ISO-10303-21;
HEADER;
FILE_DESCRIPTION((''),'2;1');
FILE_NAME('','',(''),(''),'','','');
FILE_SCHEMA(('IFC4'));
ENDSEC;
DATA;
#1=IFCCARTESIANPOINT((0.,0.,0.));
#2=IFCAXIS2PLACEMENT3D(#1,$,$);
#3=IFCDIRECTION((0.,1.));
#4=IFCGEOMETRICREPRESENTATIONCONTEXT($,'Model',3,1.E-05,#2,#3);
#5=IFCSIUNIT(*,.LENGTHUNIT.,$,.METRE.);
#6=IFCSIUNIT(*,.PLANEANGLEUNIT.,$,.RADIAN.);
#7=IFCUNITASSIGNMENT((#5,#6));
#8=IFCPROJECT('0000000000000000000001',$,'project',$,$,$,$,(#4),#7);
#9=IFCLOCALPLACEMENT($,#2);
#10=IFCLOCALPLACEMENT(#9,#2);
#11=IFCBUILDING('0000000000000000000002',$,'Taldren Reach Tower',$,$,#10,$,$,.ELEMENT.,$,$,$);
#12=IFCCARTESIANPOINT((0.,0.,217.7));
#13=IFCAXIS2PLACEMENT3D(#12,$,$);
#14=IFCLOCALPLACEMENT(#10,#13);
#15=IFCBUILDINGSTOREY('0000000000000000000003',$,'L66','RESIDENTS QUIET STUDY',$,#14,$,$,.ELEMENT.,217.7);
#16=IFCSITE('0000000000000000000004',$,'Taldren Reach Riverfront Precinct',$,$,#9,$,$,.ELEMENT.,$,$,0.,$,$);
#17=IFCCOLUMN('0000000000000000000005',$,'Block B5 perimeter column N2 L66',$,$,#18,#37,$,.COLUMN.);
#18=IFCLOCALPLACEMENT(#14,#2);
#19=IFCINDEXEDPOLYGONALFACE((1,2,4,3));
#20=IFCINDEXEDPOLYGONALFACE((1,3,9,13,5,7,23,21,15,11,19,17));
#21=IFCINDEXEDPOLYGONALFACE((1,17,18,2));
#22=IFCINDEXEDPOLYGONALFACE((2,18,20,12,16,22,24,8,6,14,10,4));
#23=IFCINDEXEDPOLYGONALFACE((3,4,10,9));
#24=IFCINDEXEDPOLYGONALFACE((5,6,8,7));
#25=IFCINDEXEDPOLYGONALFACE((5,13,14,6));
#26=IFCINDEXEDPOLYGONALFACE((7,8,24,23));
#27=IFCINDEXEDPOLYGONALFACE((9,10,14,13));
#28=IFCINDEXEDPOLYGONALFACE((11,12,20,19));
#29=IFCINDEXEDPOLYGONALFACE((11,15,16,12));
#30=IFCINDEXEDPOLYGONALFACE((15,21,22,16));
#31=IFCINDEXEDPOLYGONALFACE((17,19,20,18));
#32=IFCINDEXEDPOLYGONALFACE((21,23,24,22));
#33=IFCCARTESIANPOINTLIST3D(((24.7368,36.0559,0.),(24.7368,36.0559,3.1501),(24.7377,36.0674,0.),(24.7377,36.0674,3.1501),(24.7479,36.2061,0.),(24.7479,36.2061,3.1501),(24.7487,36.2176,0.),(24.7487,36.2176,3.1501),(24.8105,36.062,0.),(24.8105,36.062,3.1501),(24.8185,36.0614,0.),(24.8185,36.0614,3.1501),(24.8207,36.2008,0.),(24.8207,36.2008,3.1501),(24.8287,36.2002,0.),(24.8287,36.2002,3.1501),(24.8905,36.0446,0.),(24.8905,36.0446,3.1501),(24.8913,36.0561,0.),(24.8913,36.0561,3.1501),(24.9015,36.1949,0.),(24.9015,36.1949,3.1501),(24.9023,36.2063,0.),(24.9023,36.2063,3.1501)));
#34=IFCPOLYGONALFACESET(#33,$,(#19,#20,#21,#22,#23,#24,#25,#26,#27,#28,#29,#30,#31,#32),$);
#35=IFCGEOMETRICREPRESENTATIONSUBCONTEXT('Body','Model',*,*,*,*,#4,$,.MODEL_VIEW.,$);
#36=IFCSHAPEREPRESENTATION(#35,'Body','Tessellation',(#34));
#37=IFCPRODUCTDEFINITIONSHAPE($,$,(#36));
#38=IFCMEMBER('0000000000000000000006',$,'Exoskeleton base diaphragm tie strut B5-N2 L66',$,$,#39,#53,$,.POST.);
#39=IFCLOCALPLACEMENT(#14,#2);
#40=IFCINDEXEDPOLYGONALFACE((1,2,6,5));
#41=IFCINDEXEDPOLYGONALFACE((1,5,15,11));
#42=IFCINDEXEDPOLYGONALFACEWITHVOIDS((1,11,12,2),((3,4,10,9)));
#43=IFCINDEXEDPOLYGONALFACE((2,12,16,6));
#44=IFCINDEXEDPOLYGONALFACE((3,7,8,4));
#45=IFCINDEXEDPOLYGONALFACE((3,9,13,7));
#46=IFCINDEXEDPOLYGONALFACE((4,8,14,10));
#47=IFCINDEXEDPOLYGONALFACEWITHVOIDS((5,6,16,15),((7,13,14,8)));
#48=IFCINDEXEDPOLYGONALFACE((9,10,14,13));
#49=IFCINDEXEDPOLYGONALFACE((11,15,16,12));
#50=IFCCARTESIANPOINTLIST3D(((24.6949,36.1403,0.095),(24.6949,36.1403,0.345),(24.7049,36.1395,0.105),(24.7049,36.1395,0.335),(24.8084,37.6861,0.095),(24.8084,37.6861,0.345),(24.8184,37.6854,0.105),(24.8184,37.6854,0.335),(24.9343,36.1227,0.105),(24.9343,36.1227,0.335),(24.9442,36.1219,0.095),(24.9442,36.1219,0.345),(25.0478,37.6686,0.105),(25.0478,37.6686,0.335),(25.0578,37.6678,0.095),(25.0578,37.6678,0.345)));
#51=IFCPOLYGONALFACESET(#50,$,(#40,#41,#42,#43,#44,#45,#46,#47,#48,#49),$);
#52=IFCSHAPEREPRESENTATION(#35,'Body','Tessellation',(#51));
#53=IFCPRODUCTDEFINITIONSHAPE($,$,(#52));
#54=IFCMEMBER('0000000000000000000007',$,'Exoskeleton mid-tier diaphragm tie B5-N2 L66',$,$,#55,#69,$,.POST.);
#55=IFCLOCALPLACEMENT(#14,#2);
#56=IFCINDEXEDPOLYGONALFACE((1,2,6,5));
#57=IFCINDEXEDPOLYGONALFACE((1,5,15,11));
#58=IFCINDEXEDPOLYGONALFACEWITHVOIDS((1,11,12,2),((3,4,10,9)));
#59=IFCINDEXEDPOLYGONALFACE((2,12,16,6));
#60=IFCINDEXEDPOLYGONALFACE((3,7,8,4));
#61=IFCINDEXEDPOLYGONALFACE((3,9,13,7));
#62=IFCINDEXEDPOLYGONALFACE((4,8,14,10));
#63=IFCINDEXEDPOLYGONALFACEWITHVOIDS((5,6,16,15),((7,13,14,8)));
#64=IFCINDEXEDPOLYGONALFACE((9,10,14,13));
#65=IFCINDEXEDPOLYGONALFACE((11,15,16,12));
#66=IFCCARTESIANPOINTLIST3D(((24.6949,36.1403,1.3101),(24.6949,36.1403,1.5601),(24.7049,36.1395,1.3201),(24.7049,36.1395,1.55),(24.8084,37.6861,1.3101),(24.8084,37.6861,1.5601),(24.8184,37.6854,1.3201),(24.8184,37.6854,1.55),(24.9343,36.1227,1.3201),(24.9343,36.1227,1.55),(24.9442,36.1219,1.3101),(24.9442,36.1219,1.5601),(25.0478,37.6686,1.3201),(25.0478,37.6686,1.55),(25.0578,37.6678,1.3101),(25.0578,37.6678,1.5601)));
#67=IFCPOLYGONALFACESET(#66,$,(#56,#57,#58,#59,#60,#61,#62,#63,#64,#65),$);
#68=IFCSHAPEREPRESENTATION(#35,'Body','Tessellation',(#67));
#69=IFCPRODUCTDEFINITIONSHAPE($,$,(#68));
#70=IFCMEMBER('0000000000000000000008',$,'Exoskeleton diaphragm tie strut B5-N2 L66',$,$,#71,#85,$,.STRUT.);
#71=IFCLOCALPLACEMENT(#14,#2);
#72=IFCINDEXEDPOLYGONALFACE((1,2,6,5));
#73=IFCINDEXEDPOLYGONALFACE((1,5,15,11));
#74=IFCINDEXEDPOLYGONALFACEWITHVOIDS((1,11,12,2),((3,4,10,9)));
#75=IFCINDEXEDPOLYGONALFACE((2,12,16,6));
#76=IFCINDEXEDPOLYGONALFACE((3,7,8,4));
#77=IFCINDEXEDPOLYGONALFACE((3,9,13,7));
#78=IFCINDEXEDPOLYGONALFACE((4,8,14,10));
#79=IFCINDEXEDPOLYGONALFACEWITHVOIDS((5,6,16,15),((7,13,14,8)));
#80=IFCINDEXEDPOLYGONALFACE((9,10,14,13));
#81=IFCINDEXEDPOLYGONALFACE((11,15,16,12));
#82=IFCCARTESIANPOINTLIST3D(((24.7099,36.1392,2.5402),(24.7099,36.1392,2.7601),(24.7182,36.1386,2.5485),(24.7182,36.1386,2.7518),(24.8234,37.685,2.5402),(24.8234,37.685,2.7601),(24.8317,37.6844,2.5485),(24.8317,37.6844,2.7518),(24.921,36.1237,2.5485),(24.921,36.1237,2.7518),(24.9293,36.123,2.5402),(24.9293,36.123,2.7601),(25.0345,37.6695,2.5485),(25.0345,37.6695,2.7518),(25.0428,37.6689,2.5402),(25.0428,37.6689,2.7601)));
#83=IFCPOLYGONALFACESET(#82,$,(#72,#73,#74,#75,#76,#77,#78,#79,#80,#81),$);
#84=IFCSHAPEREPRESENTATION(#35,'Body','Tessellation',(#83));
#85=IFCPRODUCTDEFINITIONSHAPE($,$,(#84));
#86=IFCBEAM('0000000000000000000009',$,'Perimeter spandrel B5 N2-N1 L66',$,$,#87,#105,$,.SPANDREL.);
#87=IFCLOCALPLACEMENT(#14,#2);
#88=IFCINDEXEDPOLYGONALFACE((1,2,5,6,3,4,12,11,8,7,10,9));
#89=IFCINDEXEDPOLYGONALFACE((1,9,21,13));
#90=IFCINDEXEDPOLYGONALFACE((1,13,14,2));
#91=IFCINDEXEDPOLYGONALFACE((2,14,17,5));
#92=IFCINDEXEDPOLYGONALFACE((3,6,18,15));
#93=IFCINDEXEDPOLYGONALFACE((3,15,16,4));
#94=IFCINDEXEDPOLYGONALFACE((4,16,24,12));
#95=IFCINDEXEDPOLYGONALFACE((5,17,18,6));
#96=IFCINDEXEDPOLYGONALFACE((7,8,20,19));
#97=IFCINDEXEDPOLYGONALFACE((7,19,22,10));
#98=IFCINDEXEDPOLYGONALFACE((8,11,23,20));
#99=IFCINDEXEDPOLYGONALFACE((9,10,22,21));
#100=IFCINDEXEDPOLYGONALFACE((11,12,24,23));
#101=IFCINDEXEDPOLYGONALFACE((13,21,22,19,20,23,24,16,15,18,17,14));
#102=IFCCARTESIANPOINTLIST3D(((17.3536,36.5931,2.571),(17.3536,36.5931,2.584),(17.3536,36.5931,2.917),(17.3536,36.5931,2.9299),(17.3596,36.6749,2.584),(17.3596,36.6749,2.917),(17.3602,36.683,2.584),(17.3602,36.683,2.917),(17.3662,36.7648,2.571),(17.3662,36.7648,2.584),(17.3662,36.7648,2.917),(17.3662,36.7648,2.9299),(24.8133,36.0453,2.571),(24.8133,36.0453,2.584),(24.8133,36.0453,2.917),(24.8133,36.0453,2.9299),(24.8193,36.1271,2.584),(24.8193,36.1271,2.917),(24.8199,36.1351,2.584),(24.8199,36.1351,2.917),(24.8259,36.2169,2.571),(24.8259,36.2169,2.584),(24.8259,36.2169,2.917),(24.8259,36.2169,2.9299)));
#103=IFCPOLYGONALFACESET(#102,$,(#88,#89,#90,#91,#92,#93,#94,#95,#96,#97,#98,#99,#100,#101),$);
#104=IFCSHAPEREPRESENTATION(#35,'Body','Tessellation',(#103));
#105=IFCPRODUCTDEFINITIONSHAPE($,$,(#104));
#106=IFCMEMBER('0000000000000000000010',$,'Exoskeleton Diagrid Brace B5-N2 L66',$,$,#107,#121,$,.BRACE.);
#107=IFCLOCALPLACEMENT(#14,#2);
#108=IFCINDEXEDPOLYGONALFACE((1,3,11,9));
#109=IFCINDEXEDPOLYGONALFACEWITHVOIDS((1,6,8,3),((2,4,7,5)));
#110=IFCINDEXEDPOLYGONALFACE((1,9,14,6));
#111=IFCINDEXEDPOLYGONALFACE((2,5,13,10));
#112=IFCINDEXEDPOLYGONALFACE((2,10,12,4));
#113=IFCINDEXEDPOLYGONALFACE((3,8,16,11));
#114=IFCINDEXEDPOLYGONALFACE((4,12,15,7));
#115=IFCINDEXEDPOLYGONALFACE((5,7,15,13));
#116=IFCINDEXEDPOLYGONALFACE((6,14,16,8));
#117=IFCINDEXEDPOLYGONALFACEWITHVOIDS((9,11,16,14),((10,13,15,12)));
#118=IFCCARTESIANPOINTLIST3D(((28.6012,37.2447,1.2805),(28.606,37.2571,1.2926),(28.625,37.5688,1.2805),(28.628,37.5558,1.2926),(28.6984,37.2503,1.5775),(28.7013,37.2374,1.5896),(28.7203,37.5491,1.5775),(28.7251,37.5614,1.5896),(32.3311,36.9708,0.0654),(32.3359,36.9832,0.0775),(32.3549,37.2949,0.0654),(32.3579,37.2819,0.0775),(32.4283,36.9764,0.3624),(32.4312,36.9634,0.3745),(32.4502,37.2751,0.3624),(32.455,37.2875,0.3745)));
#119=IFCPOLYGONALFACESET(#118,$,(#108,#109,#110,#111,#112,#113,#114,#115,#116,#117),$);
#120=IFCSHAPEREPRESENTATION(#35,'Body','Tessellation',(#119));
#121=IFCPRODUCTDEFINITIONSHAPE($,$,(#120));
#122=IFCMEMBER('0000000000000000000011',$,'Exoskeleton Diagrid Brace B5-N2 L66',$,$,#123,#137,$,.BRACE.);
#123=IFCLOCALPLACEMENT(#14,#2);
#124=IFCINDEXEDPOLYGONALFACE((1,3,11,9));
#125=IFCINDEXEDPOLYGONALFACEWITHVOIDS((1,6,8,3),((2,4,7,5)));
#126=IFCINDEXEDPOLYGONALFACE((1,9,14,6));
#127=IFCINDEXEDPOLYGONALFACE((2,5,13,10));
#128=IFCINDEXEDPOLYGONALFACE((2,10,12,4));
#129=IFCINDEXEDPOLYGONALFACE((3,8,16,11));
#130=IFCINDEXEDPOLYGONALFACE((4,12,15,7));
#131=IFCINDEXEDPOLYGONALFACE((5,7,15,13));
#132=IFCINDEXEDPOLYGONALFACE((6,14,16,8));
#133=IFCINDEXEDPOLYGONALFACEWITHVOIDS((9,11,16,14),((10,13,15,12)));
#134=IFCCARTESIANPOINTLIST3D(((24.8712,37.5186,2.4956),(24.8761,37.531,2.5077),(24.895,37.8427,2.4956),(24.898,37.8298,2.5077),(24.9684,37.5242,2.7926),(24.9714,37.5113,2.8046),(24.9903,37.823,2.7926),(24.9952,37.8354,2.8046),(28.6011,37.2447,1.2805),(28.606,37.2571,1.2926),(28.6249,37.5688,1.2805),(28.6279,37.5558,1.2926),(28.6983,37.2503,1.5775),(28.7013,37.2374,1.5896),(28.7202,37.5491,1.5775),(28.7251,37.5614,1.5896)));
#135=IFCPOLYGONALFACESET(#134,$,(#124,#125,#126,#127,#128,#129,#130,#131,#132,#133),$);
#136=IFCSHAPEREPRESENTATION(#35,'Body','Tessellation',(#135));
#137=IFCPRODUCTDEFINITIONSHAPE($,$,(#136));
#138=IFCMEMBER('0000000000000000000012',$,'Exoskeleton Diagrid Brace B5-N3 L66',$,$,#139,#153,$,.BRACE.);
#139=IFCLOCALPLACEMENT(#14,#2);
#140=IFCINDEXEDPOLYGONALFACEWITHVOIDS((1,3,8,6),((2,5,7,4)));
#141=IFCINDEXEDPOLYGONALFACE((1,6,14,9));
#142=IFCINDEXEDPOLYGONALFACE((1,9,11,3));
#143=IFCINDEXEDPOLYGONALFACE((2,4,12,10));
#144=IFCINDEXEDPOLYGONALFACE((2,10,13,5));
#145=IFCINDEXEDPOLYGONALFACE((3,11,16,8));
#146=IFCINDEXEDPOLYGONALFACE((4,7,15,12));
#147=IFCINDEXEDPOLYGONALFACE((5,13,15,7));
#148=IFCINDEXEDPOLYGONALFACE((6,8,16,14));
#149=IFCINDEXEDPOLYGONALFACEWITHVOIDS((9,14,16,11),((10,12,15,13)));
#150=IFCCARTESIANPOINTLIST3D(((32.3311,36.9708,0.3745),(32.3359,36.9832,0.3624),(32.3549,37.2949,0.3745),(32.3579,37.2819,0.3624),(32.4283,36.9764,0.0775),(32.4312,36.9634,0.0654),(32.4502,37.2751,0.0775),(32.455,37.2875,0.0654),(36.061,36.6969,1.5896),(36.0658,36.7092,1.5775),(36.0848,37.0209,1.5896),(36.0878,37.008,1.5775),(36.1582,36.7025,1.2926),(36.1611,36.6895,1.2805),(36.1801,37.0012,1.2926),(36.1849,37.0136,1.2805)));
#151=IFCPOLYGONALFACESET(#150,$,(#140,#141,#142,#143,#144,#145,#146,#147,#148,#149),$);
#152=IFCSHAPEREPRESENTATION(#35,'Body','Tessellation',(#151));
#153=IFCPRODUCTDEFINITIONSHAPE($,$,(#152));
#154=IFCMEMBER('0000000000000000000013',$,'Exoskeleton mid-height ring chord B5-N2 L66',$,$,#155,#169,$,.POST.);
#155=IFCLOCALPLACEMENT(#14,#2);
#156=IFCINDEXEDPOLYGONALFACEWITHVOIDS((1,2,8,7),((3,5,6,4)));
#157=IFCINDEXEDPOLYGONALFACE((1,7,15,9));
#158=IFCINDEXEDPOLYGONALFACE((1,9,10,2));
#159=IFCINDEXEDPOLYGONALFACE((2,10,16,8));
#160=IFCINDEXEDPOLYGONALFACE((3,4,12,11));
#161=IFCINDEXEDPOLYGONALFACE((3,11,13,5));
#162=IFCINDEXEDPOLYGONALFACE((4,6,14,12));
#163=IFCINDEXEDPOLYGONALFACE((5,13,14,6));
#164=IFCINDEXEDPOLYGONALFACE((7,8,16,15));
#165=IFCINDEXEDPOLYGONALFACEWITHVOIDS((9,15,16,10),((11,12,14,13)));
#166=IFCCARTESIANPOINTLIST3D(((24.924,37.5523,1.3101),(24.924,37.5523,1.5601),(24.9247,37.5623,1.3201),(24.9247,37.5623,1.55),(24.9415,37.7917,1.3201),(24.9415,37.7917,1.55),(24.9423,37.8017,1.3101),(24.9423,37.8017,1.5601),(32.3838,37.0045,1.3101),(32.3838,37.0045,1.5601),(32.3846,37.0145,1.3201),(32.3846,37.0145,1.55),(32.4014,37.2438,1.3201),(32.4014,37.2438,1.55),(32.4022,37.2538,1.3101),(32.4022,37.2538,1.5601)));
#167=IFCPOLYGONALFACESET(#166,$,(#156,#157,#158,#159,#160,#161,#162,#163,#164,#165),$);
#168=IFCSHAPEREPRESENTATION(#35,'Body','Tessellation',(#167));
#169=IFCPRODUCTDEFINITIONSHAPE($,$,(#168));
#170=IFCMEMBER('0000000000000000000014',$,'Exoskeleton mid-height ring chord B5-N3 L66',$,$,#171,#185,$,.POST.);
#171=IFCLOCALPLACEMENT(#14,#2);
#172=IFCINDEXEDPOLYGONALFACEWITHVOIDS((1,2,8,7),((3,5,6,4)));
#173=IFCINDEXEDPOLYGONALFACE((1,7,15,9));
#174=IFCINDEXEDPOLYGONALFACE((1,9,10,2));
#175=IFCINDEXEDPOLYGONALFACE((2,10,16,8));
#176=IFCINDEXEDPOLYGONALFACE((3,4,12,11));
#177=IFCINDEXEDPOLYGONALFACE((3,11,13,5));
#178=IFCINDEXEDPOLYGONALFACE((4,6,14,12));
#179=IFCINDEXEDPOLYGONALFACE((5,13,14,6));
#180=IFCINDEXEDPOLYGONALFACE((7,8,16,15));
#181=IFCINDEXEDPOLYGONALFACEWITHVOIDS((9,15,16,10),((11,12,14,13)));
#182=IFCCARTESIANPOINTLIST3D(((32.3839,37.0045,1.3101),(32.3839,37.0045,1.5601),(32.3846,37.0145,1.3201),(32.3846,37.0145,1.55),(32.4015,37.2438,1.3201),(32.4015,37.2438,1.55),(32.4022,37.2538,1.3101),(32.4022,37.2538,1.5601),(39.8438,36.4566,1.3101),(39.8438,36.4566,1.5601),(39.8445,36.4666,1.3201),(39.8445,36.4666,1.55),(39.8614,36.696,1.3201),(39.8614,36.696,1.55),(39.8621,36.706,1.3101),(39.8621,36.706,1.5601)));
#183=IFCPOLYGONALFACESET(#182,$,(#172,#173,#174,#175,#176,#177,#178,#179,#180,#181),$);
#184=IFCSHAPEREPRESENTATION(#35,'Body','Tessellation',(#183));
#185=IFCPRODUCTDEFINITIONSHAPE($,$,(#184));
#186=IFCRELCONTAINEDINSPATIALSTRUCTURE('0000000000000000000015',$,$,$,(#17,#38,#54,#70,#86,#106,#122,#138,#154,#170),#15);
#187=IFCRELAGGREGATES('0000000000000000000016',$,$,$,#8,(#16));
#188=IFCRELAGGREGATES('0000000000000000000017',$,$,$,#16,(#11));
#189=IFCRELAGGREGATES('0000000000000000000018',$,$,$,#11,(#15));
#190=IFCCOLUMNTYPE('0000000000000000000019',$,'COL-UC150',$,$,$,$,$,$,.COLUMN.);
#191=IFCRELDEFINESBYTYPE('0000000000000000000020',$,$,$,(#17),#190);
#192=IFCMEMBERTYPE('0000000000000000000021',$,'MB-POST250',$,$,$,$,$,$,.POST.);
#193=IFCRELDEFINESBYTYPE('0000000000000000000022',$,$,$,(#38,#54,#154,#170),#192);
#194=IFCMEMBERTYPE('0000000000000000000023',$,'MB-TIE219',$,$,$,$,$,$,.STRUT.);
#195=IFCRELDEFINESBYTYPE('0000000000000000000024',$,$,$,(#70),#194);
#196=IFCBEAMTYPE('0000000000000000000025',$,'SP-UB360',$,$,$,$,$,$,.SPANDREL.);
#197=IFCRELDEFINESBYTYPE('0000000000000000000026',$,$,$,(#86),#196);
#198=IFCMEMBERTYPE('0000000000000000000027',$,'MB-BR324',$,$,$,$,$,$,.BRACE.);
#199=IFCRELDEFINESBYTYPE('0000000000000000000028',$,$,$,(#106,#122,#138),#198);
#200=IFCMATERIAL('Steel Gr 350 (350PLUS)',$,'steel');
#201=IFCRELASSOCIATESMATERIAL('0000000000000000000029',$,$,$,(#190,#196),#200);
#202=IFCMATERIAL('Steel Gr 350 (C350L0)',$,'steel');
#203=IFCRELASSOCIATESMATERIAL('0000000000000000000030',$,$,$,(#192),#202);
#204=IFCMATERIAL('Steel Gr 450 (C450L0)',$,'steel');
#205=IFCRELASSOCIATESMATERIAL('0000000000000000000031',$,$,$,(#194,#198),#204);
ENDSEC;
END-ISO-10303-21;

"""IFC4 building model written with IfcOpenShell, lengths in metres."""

from ifc_helpers import new_model, si_unit, direction, frame, origin, origin_2d, place, context, subcontext, project, spatial, hollow_rectangle, i_section, extrude, source, transform, mapped, material, material_profile, profile_set, type_object, element, save


model = new_model("IFC4")

# Units and contexts
model_context = context("Model", 3, precision=1e-05, world=origin(), true_north=direction((0.0, 1.0)))
body_context = subcontext(model_context, "Body", "Model", "MODEL_VIEW")
ifc_project = project(units=[si_unit("LENGTHUNIT", "METRE"), si_unit("PLANEANGLEUNIT", "RADIAN")], contexts=[model_context])

# Site, building, storey
site_placement = place(None, origin())
site = spatial("IfcSite", under=ifc_project, at=site_placement, Name="Taldren Reach Riverfront Precinct", CompositionType="ELEMENT", RefElevation=0.0)
building_placement = place(site_placement, origin())
building = spatial("IfcBuilding", under=site, at=building_placement, Name="Taldren Reach Tower", CompositionType="ELEMENT")
storey_placement = place(building_placement, frame((0.0, 0.0, 217.7)))
storey = spatial("IfcBuildingStorey", under=building, at=storey_placement, Name="L66", Description="RESIDENTS QUIET STUDY", CompositionType="ELEMENT", Elevation=217.7)

# Column
ifc_material_1 = material(Name="Steel Gr 350 (350PLUS)", Category="steel")
ifc_material_profile_1 = material_profile(ifc_material_1, i_section(OverallWidth=0.1541, OverallDepth=0.1621, WebThickness=0.0081, FlangeThickness=0.0115, at=origin_2d()), Name="150UC37.2")
ifc_profile_set_1 = profile_set([ifc_material_profile_1], Name="Steel Gr 350 (350PLUS)")
column_type = type_object("IfcColumnType", Name="COL-UC150", PredefinedType="COLUMN", material=ifc_profile_set_1)
shared_shape_1 = source(origin(), body_context, "Body", "SweptSolid", [
    extrude(i_section(OverallWidth=0.1541, OverallDepth=0.1621, WebThickness=0.0081, FlangeThickness=0.0115, at=origin_2d()), origin(), (0.0, 0.0, 1.0), 3.1501),
])
column_placement = place(storey_placement, frame((24.8196, 36.1311, 0.0), z_axis=(0.0, 0.0, 1.0), x_axis=(0.997314, -0.073238, 0.0)))
element("IfcColumn", 1, at=column_placement, inside=storey, type_object=column_type, Name="Block B5 perimeter column N2 L66", PredefinedType="COLUMN", context=body_context, shape_type="MappedRepresentation", body=[
    mapped(shared_shape_1, transform((0.0, 0.0, 0.0), scale=1.0)),
])

# Members
ifc_material_2 = material(Name="Steel Gr 350 (C350L0)", Category="steel")
ifc_material_profile_2 = material_profile(ifc_material_2, hollow_rectangle(XDim=0.25, YDim=0.25, WallThickness=0.01, at=origin_2d()), Name="250x250x10.0SHS")
ifc_profile_set_2 = profile_set([ifc_material_profile_2], Name="Steel Gr 350 (C350L0)")
member_type_1 = type_object("IfcMemberType", Name="MB-POST250", PredefinedType="POST", material=ifc_profile_set_2)
shared_shape_2 = source(origin(), body_context, "Body", "SweptSolid", [
    extrude(hollow_rectangle(XDim=0.25, YDim=0.25, WallThickness=0.01, at=origin_2d()), origin(), (0.0, 0.0, 1.0), 1.55),
])
for number, where, z_axis, x_axis, name in (
    (2, (24.8196, 36.1311, 0.22), (0.073239, 0.997314, 0.0), (-0.997314, 0.073239, 0.0), "Exoskeleton base diaphragm tie strut B5-N2 L66"),
    (3, (24.8196, 36.1311, 1.4351), (0.073239, 0.997314, 0.0), (-0.997314, 0.073239, 0.0), "Exoskeleton mid-tier diaphragm tie B5-N2 L66"),
):
    element("IfcMember", number, at=place(storey_placement, frame(where, z_axis=z_axis, x_axis=x_axis)), inside=storey, type_object=member_type_1, Name=name, PredefinedType="POST", context=body_context, shape_type="MappedRepresentation", body=[
        mapped(shared_shape_2, transform((0.0, 0.0, 0.0), scale=1.0)),
    ])
ifc_material_3 = material(Name="Steel Gr 450 (C450L0)", Category="steel")
ifc_material_profile_3 = material_profile(ifc_material_3, hollow_rectangle(XDim=0.22, YDim=0.22, WallThickness=0.0083, at=origin_2d()), Name="220x220x8.2SHS")
ifc_profile_set_3 = profile_set([ifc_material_profile_3], Name="Steel Gr 450 (C450L0)")
member_type_2 = type_object("IfcMemberType", Name="MB-TIE219", PredefinedType="STRUT", material=ifc_profile_set_3)
shared_shape_3 = source(origin(), body_context, "Body", "SweptSolid", [
    extrude(hollow_rectangle(XDim=0.22, YDim=0.22, WallThickness=0.0083, at=origin_2d()), origin(), (0.0, 0.0, 1.0), 1.55),
])
member_1_placement = place(storey_placement, frame((24.8196, 36.1311, 2.6501), z_axis=(0.073239, 0.997314, 0.0), x_axis=(-0.997314, 0.073239, 0.0)))
element("IfcMember", 4, at=member_1_placement, inside=storey, type_object=member_type_2, Name="Exoskeleton diaphragm tie strut B5-N2 L66", PredefinedType="STRUT", context=body_context, shape_type="MappedRepresentation", body=[
    mapped(shared_shape_3, transform((0.0, 0.0, 0.0), scale=1.0)),
])

# Beam
ifc_material_profile_4 = material_profile(ifc_material_1, i_section(OverallWidth=0.1721, OverallDepth=0.3589, WebThickness=0.0081, FlangeThickness=0.0129, at=origin_2d()), Name="360UB56.7")
ifc_profile_set_4 = profile_set([ifc_material_profile_4], Name="Steel Gr 350 (350PLUS)")
beam_type = type_object("IfcBeamType", Name="SP-UB360", PredefinedType="SPANDREL", material=ifc_profile_set_4)
shared_shape_4 = source(origin(), body_context, "Body", "SweptSolid", [
    extrude(i_section(OverallWidth=0.1721, OverallDepth=0.3589, WebThickness=0.0081, FlangeThickness=0.0129, at=origin_2d()), origin(), (0.0, 0.0, 1.0), 7.4797),
])
beam_placement = place(storey_placement, frame((24.8196, 36.1311, 2.7505), z_axis=(-0.997314, 0.073244, 0.0), x_axis=(-0.073244, -0.997314, 0.0)))
element("IfcBeam", 5, at=beam_placement, inside=storey, type_object=beam_type, Name="Perimeter spandrel B5 N2-N1 L66", PredefinedType="SPANDREL", context=body_context, shape_type="MappedRepresentation", body=[
    mapped(shared_shape_4, transform((0.0, 0.0, 0.0), scale=1.0)),
])

# Members
ifc_material_profile_5 = material_profile(ifc_material_3, hollow_rectangle(XDim=0.325, YDim=0.325, WallThickness=0.0127, at=origin_2d()), Name="325x325x12.7SHS")
ifc_profile_set_5 = profile_set([ifc_material_profile_5], Name="Steel Gr 450 (C450L0)")
member_type_3 = type_object("IfcMemberType", Name="MB-BR324", PredefinedType="BRACE", material=ifc_profile_set_5)
shared_shape_5 = source(origin(), body_context, "Body", "SweptSolid", [
    extrude(hollow_rectangle(XDim=0.325, YDim=0.325, WallThickness=0.0127, at=origin_2d()), origin(), (0.0, 0.0, 1.0), 3.9324),
])
for number, where, z_axis, x_axis, name in (
    (6, (32.3931, 37.1292, 0.22), (-0.948511, 0.069658, 0.308989), (-0.073242, -0.997314, 0.0), "Exoskeleton Diagrid Brace B5-N2 L66"),
    (7, (28.6631, 37.4031, 1.4351), (-0.948511, 0.069658, 0.308989), (-0.073242, -0.997314, 0.0), "Exoskeleton Diagrid Brace B5-N2 L66"),
    (8, (32.3931, 37.1292, 0.22), (0.948511, -0.069658, 0.308989), (0.073242, 0.997314, 0.0), "Exoskeleton Diagrid Brace B5-N3 L66"),
):
    element("IfcMember", number, at=place(storey_placement, frame(where, z_axis=z_axis, x_axis=x_axis)), inside=storey, type_object=member_type_3, Name=name, PredefinedType="BRACE", context=body_context, shape_type="MappedRepresentation", body=[
        mapped(shared_shape_5, transform((0.0, 0.0, 0.0), scale=1.0)),
    ])
shared_shape_6 = source(origin(), body_context, "Body", "SweptSolid", [
    extrude(hollow_rectangle(XDim=0.25, YDim=0.25, WallThickness=0.01, at=origin_2d()), origin(), (0.0, 0.0, 1.0), 7.48),
])
for number, where, z_axis, x_axis, name in (
    (9, (24.9331, 37.677, 1.4351), (0.997314, -0.073242, 0.0), (0.073242, 0.997314, 0.0), "Exoskeleton mid-height ring chord B5-N2 L66"),
    (10, (32.3931, 37.1292, 1.4351), (0.997314, -0.073242, 0.0), (0.073242, 0.997314, 0.0), "Exoskeleton mid-height ring chord B5-N3 L66"),
):
    element("IfcMember", number, at=place(storey_placement, frame(where, z_axis=z_axis, x_axis=x_axis)), inside=storey, type_object=member_type_1, Name=name, PredefinedType="POST", context=body_context, shape_type="MappedRepresentation", body=[
        mapped(shared_shape_6, transform((0.0, 0.0, 0.0), scale=1.0)),
    ])

save(model, "model.ifc")
